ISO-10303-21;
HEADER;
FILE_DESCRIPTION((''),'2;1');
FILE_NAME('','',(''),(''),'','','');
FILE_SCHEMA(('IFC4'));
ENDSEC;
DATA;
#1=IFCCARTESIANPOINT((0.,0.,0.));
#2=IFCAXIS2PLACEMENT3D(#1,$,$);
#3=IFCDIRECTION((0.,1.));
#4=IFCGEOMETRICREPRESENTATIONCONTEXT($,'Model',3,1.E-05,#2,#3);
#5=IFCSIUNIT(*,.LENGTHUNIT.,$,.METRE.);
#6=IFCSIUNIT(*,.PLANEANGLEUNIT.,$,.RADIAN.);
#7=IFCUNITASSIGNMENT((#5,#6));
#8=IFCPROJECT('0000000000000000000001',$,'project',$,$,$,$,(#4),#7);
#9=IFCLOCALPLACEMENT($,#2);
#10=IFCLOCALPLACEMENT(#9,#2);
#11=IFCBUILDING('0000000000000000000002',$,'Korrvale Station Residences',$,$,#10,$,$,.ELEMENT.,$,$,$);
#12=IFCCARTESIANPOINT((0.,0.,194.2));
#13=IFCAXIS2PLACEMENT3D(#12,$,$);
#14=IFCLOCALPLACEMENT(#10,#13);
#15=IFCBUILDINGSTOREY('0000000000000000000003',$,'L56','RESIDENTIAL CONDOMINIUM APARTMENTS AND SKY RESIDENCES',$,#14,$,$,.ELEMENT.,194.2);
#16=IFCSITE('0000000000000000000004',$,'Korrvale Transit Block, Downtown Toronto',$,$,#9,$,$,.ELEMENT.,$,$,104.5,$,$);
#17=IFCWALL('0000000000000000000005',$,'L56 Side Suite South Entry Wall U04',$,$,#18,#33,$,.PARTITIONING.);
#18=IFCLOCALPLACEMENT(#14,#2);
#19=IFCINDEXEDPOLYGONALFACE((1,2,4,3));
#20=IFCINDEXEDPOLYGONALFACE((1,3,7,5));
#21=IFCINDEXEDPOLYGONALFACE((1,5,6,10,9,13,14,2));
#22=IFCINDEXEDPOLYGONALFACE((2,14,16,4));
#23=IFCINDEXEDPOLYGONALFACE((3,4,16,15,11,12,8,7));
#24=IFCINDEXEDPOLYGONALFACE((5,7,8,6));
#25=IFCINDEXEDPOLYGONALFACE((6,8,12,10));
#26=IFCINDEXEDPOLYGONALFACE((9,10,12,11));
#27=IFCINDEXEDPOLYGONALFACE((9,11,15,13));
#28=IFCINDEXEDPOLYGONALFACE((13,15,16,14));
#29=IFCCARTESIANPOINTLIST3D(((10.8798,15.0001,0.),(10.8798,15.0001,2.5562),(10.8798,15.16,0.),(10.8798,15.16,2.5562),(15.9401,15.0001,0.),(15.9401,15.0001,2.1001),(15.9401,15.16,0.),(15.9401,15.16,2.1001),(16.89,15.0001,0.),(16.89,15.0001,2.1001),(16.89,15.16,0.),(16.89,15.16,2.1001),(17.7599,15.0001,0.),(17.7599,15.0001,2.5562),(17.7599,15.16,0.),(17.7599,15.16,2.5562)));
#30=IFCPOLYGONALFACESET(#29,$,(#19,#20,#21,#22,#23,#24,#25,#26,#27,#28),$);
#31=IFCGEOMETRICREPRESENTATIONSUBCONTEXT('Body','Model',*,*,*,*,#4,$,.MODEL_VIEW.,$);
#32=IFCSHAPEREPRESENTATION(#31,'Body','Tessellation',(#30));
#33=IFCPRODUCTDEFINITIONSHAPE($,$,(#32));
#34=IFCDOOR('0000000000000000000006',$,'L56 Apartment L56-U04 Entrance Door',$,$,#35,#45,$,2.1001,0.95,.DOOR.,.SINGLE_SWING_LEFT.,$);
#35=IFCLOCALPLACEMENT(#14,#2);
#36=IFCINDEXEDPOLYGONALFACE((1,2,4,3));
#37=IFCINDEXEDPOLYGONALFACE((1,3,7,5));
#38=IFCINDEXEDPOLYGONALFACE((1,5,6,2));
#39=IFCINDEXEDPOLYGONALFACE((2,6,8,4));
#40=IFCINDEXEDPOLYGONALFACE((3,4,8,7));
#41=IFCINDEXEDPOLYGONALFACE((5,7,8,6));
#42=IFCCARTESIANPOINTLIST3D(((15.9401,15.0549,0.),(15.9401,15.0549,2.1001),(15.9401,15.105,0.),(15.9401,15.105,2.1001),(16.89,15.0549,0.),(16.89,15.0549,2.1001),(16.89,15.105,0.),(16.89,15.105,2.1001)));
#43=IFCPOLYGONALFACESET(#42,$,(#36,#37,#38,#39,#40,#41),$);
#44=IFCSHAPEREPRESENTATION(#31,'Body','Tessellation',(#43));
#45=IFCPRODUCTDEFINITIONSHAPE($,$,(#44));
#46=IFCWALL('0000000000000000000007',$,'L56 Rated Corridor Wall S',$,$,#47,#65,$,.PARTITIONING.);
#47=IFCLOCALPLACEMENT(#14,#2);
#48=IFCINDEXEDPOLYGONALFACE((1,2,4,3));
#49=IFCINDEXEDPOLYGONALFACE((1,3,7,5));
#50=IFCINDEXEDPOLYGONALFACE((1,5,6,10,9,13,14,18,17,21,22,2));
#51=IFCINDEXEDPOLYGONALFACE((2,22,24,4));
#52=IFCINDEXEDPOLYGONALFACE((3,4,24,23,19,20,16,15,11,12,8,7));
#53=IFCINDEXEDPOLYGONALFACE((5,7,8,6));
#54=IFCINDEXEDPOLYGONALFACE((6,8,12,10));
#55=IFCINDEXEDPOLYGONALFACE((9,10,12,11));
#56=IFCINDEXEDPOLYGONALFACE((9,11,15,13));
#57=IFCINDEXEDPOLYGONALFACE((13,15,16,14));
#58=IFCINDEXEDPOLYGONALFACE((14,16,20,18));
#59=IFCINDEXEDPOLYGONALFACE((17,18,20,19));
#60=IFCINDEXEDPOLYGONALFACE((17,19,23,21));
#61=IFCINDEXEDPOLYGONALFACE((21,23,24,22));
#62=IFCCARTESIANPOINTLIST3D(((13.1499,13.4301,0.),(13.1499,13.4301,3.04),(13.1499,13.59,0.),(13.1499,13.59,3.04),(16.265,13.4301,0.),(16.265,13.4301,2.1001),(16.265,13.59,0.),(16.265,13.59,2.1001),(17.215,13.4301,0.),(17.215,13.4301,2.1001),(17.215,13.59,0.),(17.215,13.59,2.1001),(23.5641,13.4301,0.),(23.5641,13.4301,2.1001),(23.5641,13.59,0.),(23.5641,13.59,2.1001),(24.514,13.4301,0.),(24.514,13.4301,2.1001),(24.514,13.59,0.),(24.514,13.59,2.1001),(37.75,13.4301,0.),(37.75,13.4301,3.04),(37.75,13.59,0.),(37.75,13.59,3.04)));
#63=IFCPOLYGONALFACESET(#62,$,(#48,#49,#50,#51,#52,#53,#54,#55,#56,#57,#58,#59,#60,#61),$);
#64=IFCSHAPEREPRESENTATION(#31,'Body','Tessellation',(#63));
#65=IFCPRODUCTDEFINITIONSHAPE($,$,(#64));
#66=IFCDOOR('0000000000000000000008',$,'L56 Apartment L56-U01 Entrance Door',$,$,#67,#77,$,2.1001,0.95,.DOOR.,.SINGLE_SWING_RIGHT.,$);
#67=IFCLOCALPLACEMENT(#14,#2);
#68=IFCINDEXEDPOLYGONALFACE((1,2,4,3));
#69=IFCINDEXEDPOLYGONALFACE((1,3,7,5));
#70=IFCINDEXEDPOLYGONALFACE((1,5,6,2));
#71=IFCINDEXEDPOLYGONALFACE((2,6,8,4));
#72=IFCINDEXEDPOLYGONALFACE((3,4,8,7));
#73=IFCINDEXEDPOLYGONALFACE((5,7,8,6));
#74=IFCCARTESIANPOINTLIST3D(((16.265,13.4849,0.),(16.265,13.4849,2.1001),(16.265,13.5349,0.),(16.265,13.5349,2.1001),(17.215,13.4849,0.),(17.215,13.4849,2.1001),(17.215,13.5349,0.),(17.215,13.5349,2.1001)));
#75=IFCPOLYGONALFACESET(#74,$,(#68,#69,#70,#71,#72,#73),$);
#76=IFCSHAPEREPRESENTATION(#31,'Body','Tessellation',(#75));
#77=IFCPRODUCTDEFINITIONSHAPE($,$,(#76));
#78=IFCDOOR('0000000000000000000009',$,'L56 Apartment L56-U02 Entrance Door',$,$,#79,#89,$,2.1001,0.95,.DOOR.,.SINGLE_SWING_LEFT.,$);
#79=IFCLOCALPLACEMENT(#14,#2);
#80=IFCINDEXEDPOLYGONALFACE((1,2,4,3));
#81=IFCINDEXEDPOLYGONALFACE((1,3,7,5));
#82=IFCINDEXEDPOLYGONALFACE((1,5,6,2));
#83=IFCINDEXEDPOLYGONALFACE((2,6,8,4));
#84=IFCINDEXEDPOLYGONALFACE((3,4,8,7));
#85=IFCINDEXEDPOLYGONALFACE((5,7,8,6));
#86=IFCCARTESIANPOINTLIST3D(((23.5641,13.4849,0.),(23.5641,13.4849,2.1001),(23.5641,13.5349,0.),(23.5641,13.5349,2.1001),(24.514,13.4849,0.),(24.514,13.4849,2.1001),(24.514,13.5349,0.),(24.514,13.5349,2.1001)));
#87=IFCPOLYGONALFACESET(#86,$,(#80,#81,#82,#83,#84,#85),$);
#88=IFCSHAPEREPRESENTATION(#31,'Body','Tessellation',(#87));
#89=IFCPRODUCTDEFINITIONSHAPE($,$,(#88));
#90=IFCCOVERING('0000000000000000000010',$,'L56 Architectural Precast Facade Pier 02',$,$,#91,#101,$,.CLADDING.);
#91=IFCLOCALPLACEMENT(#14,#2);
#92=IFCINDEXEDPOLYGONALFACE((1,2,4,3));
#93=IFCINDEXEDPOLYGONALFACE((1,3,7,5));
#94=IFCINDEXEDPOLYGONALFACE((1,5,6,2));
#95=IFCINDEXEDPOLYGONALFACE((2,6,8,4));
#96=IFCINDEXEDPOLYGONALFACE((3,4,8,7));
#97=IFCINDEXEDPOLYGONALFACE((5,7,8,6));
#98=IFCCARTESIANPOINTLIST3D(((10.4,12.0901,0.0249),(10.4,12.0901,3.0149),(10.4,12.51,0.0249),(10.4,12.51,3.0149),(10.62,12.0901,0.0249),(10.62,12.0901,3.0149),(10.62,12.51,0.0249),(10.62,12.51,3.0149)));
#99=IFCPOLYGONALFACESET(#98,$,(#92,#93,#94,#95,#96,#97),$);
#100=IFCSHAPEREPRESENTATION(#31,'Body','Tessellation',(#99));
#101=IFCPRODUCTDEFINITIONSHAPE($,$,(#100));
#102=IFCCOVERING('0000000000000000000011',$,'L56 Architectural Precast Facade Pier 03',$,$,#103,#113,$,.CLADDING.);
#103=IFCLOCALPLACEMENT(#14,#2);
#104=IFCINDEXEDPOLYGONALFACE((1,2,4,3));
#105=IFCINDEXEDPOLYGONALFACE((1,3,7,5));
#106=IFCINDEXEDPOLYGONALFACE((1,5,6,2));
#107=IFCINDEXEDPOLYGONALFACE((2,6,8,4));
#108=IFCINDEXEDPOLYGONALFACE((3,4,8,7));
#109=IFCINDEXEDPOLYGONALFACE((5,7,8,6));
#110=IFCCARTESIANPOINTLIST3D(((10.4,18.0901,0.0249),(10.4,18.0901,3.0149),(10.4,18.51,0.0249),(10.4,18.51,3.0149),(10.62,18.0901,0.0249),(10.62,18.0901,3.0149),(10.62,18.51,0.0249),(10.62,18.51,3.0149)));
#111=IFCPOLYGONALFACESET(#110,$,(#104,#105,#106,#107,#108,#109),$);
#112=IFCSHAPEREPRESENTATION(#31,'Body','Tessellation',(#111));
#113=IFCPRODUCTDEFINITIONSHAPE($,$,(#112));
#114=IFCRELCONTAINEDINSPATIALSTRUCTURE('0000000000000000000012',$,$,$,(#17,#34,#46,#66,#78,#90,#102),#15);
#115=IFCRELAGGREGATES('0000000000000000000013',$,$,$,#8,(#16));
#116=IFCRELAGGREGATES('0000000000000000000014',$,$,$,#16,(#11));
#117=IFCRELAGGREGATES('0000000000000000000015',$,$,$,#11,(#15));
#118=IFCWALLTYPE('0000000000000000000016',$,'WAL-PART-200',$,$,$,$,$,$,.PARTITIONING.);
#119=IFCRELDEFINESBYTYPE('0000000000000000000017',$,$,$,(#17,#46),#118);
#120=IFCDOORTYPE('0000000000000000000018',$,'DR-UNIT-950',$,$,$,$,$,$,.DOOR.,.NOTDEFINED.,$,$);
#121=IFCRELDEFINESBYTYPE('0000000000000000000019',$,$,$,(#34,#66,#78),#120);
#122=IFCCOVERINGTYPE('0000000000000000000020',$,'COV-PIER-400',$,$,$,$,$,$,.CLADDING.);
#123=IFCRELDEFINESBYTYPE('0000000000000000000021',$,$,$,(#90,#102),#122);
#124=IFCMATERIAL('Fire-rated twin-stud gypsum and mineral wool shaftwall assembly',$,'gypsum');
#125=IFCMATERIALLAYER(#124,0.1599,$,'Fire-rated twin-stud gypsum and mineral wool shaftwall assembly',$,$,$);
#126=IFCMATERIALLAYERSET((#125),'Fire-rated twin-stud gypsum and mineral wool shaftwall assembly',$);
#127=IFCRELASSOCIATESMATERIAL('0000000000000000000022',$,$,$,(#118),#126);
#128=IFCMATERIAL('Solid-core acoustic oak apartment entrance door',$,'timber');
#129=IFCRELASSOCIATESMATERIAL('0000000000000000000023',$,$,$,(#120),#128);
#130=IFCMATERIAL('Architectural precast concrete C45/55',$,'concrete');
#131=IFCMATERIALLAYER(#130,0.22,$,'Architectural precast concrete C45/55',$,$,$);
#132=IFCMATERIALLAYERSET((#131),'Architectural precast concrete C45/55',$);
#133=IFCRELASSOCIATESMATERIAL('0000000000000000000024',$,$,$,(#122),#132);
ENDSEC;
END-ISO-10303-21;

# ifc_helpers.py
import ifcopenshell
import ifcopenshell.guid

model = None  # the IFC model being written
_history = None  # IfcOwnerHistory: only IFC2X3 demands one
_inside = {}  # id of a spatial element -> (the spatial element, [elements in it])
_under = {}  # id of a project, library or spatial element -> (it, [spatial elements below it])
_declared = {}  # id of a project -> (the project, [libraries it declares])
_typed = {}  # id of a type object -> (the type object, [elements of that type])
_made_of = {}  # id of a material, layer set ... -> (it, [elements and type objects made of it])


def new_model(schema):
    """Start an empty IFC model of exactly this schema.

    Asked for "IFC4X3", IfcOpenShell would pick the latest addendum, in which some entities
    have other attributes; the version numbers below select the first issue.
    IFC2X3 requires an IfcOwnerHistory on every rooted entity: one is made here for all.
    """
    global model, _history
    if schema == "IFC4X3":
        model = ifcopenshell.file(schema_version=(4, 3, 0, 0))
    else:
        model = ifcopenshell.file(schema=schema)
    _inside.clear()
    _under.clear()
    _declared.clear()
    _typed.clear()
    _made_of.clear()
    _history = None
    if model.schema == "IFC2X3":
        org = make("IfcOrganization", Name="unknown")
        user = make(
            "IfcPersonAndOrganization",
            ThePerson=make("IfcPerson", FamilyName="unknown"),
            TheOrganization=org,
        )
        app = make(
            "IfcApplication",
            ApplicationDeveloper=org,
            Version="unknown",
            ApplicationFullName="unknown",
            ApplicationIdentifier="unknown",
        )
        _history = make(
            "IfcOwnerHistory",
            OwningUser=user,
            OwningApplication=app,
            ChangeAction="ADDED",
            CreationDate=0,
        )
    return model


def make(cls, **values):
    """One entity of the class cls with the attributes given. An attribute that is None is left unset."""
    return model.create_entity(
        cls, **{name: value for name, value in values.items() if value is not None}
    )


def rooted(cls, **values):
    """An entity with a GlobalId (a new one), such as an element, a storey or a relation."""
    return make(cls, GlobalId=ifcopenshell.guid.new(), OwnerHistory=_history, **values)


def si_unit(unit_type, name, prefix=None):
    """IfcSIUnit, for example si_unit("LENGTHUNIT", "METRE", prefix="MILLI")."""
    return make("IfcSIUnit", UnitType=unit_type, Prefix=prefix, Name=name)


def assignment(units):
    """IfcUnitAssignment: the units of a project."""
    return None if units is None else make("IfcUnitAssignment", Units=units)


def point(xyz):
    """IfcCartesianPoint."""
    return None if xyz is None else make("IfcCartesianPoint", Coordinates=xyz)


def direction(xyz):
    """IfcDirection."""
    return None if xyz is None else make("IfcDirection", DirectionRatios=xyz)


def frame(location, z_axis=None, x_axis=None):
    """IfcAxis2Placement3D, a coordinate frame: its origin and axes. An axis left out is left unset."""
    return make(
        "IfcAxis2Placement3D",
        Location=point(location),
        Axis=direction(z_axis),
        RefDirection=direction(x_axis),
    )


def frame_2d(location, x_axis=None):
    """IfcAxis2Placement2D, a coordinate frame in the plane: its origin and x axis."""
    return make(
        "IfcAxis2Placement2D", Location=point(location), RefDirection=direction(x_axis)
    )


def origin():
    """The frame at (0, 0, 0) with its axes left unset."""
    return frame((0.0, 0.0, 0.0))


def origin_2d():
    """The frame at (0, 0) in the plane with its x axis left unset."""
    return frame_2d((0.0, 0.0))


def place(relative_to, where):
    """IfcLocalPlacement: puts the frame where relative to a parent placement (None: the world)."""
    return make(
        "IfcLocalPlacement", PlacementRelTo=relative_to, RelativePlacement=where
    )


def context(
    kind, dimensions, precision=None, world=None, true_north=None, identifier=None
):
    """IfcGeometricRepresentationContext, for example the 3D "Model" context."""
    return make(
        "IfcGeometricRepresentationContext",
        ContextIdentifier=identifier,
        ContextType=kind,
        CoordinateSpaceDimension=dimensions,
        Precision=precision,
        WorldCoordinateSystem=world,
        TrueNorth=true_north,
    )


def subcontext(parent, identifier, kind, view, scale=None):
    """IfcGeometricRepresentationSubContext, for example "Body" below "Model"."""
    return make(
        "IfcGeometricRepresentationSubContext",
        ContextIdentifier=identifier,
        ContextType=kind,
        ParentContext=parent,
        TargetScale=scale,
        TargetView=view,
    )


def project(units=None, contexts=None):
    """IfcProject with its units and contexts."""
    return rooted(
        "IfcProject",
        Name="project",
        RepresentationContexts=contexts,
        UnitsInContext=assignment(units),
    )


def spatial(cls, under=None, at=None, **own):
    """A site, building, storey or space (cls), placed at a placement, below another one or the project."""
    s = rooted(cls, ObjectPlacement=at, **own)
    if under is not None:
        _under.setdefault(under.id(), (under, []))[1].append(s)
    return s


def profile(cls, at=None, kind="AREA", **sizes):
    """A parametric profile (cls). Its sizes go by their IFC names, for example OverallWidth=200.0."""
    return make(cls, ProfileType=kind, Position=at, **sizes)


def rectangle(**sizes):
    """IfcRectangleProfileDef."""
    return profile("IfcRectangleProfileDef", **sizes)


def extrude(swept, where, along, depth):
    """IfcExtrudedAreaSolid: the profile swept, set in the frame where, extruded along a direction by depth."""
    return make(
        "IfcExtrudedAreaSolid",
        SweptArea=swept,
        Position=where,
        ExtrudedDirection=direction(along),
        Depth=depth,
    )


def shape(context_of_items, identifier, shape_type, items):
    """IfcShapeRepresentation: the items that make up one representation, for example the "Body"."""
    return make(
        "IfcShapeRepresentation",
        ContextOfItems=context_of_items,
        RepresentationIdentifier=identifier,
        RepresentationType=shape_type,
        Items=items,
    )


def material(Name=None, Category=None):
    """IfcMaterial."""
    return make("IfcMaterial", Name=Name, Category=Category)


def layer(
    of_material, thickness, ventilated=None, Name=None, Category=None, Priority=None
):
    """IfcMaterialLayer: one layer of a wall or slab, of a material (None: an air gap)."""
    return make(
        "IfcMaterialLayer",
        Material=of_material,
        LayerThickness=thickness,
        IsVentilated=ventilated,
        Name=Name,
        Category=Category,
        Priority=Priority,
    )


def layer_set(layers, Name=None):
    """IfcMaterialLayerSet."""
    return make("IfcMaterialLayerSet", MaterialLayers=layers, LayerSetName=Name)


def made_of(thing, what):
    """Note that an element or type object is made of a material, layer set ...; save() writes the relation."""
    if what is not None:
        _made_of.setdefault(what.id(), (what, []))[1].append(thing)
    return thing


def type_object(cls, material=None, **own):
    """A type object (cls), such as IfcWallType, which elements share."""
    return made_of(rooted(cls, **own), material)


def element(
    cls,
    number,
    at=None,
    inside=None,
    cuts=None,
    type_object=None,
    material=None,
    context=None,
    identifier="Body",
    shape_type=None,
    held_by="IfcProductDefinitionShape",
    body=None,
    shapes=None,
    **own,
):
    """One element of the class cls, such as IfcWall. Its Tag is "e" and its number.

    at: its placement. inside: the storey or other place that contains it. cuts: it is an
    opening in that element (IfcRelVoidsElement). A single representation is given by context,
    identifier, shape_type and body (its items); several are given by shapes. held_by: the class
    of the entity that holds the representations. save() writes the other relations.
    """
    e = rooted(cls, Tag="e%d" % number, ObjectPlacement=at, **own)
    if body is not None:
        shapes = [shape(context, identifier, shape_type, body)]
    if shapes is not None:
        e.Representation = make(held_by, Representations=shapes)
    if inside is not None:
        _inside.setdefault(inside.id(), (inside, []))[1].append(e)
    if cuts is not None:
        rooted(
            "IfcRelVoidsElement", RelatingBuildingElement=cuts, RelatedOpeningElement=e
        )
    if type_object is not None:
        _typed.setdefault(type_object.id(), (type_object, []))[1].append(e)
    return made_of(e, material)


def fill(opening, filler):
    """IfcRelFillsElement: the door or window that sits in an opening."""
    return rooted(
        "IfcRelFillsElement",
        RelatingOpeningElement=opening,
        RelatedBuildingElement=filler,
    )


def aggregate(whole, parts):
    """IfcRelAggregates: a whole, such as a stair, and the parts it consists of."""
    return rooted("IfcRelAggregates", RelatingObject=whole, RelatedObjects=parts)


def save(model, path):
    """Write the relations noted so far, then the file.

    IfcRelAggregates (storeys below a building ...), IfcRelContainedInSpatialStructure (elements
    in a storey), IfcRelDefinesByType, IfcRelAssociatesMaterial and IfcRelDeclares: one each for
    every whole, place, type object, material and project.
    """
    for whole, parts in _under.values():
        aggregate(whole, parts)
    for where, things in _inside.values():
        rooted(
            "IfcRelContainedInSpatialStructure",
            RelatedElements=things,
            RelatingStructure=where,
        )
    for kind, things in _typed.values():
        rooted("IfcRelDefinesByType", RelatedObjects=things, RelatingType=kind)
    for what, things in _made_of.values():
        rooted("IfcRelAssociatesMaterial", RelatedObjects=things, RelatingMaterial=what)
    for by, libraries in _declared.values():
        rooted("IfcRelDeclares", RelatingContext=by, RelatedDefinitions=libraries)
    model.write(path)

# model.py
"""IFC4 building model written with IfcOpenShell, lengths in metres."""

from ifc_helpers import new_model, si_unit, direction, frame, frame_2d, origin, origin_2d, place, context, subcontext, project, spatial, rectangle, extrude, material, layer, layer_set, type_object, element, fill, save


model = new_model("IFC4")

# Units and contexts
model_context = context("Model", 3, precision=1e-05, world=origin(), true_north=direction((0.0, 1.0)))
body_context = subcontext(model_context, "Body", "Model", "MODEL_VIEW")
ifc_project = project(units=[si_unit("LENGTHUNIT", "METRE"), si_unit("PLANEANGLEUNIT", "RADIAN")], contexts=[model_context])

# Site, building, storey
site_placement = place(None, origin())
site = spatial("IfcSite", under=ifc_project, at=site_placement, Name="Korrvale Transit Block, Downtown Toronto", CompositionType="ELEMENT", RefElevation=104.5)
building_placement = place(site_placement, origin())
building = spatial("IfcBuilding", under=site, at=building_placement, Name="Korrvale Station Residences", CompositionType="ELEMENT")
storey_placement = place(building_placement, frame((0.0, 0.0, 194.2)))
storey = spatial("IfcBuildingStorey", under=building, at=storey_placement, Name="L56", Description="RESIDENTIAL CONDOMINIUM APARTMENTS AND SKY RESIDENCES", CompositionType="ELEMENT", Elevation=194.2)

# Shared definitions
ifc_material_1 = material(Name="Fire-rated twin-stud gypsum and mineral wool shaftwall assembly", Category="gypsum")
ifc_layer_1 = layer(ifc_material_1, 0.1599, Name="Fire-rated twin-stud gypsum and mineral wool shaftwall assembly")
ifc_layer_set_1 = layer_set([ifc_layer_1], Name="Fire-rated twin-stud gypsum and mineral wool shaftwall assembly")
wall_type_1 = type_object("IfcWallType", Name="WAL-PART-200", PredefinedType="PARTITIONING", material=ifc_layer_set_1)

# Wall, opening, door
wall_1_placement = place(storey_placement, frame((10.8799, 15.0801, 0.0), z_axis=(0.0, 0.0, 1.0), x_axis=(1.0, 0.0, 0.0)))
wall_1 = element("IfcWall", 1, at=wall_1_placement, inside=storey, type_object=wall_type_1, Name="L56 Side Suite South Entry Wall U04", PredefinedType="PARTITIONING", context=body_context, shape_type="SweptSolid", body=[
    extrude(rectangle(XDim=6.8801, YDim=0.1599, at=frame_2d((3.4399, 0.0))), origin(), (0.0, 0.0, 1.0), 2.5562),
])
opening_1_placement = place(wall_1_placement, frame((5.0601, 0.0, 0.0)))
opening_1 = element("IfcOpeningElement", 2, at=opening_1_placement, cuts=wall_1, PredefinedType="OPENING", context=body_context, shape_type="SweptSolid", body=[
    extrude(rectangle(XDim=0.95, YDim=2.1001, at=frame_2d((0.4751, 1.05))), frame((0.0, 0.0898, 0.0), z_axis=(0.0, -1.0, 0.0), x_axis=(1.0, 0.0, 0.0)), (0.0, 0.0, 1.0), 0.1799),
])
ifc_material_2 = material(Name="Solid-core acoustic oak apartment entrance door", Category="timber")
door_type_1 = type_object("IfcDoorType", Name="DR-UNIT-950", OperationType="NOTDEFINED", PredefinedType="DOOR", material=ifc_material_2)
door_1_placement = place(opening_1_placement, origin())
door_1 = element("IfcDoor", 3, at=door_1_placement, inside=storey, type_object=door_type_1, Name="L56 Apartment L56-U04 Entrance Door", OperationType="SINGLE_SWING_LEFT", OverallHeight=2.1001, OverallWidth=0.95, PredefinedType="DOOR", context=body_context, shape_type="SweptSolid", body=[
    extrude(rectangle(XDim=0.95, YDim=2.1001, at=frame_2d((0.4751, 1.05))), frame((0.0, 0.0249, 0.0), z_axis=(0.0, -1.0, 0.0), x_axis=(1.0, 0.0, 0.0)), (0.0, 0.0, 1.0), 0.05),
])
fill(opening_1, door_1)

# Wall, openings, doors
wall_2_placement = place(storey_placement, frame((13.1499, 13.51, 0.0), z_axis=(0.0, 0.0, 1.0), x_axis=(1.0, 0.0, 0.0)))
wall_2 = element("IfcWall", 4, at=wall_2_placement, inside=storey, type_object=wall_type_1, Name="L56 Rated Corridor Wall S", PredefinedType="PARTITIONING", context=body_context, shape_type="SweptSolid", body=[
    extrude(rectangle(XDim=24.6001, YDim=0.1599, at=frame_2d((12.3, 0.0))), origin(), (0.0, 0.0, 1.0), 3.04),
])
opening_2_placement = place(wall_2_placement, frame((3.115, 0.0, 0.0)))
opening_2 = element("IfcOpeningElement", 5, at=opening_2_placement, cuts=wall_2, PredefinedType="OPENING", context=body_context, shape_type="SweptSolid", body=[
    extrude(rectangle(XDim=0.95, YDim=2.1001, at=frame_2d((0.4751, 1.05))), frame((0.0, 0.0898, 0.0), z_axis=(0.0, -1.0, 0.0), x_axis=(1.0, 0.0, 0.0)), (0.0, 0.0, 1.0), 0.1799),
])
opening_3_placement = place(wall_2_placement, frame((10.4141, 0.0, 0.0)))
opening_3 = element("IfcOpeningElement", 6, at=opening_3_placement, cuts=wall_2, PredefinedType="OPENING", context=body_context, shape_type="SweptSolid", body=[
    extrude(rectangle(XDim=0.95, YDim=2.1001, at=frame_2d((0.4751, 1.05))), frame((0.0, 0.0898, 0.0), z_axis=(0.0, -1.0, 0.0), x_axis=(1.0, 0.0, 0.0)), (0.0, 0.0, 1.0), 0.1799),
])
door_2_placement = place(opening_2_placement, origin())
door_2 = element("IfcDoor", 7, at=door_2_placement, inside=storey, type_object=door_type_1, Name="L56 Apartment L56-U01 Entrance Door", OperationType="SINGLE_SWING_RIGHT", OverallHeight=2.1001, OverallWidth=0.95, PredefinedType="DOOR", context=body_context, shape_type="SweptSolid", body=[
    extrude(rectangle(XDim=0.95, YDim=2.1001, at=frame_2d((0.4751, 1.05))), frame((0.0, 0.0249, 0.0), z_axis=(0.0, -1.0, 0.0), x_axis=(1.0, 0.0, 0.0)), (0.0, 0.0, 1.0), 0.05),
])
fill(opening_2, door_2)
door_3_placement = place(opening_3_placement, origin())
door_3 = element("IfcDoor", 8, at=door_3_placement, inside=storey, type_object=door_type_1, Name="L56 Apartment L56-U02 Entrance Door", OperationType="SINGLE_SWING_LEFT", OverallHeight=2.1001, OverallWidth=0.95, PredefinedType="DOOR", context=body_context, shape_type="SweptSolid", body=[
    extrude(rectangle(XDim=0.95, YDim=2.1001, at=frame_2d((0.4751, 1.05))), frame((0.0, 0.0249, 0.0), z_axis=(0.0, -1.0, 0.0), x_axis=(1.0, 0.0, 0.0)), (0.0, 0.0, 1.0), 0.05),
])
fill(opening_3, door_3)

# Coverings
ifc_material_3 = material(Name="Architectural precast concrete C45/55", Category="concrete")
ifc_layer_2 = layer(ifc_material_3, 0.22, Name="Architectural precast concrete C45/55")
ifc_layer_set_2 = layer_set([ifc_layer_2], Name="Architectural precast concrete C45/55")
covering_type = type_object("IfcCoveringType", Name="COV-PIER-400", PredefinedType="CLADDING", material=ifc_layer_set_2)
for number, where, z_axis, x_axis, name in (
    (9, (10.51, 12.3, 0.0249), (0.0, 0.0, 1.0), (0.0, 1.0, 0.0), "L56 Architectural Precast Facade Pier 02"),
    (10, (10.51, 18.3, 0.0249), (0.0, 0.0, 1.0), (0.0, 1.0, 0.0), "L56 Architectural Precast Facade Pier 03"),
):
    element("IfcCovering", number, at=place(storey_placement, frame(where, z_axis=z_axis, x_axis=x_axis)), inside=storey, type_object=covering_type, Name=name, PredefinedType="CLADDING", context=body_context, shape_type="SweptSolid", body=[
        extrude(rectangle(XDim=0.4199, YDim=0.22, at=origin_2d()), origin(), (0.0, 0.0, 1.0), 2.99),
    ])

save(model, "model.ifc")
